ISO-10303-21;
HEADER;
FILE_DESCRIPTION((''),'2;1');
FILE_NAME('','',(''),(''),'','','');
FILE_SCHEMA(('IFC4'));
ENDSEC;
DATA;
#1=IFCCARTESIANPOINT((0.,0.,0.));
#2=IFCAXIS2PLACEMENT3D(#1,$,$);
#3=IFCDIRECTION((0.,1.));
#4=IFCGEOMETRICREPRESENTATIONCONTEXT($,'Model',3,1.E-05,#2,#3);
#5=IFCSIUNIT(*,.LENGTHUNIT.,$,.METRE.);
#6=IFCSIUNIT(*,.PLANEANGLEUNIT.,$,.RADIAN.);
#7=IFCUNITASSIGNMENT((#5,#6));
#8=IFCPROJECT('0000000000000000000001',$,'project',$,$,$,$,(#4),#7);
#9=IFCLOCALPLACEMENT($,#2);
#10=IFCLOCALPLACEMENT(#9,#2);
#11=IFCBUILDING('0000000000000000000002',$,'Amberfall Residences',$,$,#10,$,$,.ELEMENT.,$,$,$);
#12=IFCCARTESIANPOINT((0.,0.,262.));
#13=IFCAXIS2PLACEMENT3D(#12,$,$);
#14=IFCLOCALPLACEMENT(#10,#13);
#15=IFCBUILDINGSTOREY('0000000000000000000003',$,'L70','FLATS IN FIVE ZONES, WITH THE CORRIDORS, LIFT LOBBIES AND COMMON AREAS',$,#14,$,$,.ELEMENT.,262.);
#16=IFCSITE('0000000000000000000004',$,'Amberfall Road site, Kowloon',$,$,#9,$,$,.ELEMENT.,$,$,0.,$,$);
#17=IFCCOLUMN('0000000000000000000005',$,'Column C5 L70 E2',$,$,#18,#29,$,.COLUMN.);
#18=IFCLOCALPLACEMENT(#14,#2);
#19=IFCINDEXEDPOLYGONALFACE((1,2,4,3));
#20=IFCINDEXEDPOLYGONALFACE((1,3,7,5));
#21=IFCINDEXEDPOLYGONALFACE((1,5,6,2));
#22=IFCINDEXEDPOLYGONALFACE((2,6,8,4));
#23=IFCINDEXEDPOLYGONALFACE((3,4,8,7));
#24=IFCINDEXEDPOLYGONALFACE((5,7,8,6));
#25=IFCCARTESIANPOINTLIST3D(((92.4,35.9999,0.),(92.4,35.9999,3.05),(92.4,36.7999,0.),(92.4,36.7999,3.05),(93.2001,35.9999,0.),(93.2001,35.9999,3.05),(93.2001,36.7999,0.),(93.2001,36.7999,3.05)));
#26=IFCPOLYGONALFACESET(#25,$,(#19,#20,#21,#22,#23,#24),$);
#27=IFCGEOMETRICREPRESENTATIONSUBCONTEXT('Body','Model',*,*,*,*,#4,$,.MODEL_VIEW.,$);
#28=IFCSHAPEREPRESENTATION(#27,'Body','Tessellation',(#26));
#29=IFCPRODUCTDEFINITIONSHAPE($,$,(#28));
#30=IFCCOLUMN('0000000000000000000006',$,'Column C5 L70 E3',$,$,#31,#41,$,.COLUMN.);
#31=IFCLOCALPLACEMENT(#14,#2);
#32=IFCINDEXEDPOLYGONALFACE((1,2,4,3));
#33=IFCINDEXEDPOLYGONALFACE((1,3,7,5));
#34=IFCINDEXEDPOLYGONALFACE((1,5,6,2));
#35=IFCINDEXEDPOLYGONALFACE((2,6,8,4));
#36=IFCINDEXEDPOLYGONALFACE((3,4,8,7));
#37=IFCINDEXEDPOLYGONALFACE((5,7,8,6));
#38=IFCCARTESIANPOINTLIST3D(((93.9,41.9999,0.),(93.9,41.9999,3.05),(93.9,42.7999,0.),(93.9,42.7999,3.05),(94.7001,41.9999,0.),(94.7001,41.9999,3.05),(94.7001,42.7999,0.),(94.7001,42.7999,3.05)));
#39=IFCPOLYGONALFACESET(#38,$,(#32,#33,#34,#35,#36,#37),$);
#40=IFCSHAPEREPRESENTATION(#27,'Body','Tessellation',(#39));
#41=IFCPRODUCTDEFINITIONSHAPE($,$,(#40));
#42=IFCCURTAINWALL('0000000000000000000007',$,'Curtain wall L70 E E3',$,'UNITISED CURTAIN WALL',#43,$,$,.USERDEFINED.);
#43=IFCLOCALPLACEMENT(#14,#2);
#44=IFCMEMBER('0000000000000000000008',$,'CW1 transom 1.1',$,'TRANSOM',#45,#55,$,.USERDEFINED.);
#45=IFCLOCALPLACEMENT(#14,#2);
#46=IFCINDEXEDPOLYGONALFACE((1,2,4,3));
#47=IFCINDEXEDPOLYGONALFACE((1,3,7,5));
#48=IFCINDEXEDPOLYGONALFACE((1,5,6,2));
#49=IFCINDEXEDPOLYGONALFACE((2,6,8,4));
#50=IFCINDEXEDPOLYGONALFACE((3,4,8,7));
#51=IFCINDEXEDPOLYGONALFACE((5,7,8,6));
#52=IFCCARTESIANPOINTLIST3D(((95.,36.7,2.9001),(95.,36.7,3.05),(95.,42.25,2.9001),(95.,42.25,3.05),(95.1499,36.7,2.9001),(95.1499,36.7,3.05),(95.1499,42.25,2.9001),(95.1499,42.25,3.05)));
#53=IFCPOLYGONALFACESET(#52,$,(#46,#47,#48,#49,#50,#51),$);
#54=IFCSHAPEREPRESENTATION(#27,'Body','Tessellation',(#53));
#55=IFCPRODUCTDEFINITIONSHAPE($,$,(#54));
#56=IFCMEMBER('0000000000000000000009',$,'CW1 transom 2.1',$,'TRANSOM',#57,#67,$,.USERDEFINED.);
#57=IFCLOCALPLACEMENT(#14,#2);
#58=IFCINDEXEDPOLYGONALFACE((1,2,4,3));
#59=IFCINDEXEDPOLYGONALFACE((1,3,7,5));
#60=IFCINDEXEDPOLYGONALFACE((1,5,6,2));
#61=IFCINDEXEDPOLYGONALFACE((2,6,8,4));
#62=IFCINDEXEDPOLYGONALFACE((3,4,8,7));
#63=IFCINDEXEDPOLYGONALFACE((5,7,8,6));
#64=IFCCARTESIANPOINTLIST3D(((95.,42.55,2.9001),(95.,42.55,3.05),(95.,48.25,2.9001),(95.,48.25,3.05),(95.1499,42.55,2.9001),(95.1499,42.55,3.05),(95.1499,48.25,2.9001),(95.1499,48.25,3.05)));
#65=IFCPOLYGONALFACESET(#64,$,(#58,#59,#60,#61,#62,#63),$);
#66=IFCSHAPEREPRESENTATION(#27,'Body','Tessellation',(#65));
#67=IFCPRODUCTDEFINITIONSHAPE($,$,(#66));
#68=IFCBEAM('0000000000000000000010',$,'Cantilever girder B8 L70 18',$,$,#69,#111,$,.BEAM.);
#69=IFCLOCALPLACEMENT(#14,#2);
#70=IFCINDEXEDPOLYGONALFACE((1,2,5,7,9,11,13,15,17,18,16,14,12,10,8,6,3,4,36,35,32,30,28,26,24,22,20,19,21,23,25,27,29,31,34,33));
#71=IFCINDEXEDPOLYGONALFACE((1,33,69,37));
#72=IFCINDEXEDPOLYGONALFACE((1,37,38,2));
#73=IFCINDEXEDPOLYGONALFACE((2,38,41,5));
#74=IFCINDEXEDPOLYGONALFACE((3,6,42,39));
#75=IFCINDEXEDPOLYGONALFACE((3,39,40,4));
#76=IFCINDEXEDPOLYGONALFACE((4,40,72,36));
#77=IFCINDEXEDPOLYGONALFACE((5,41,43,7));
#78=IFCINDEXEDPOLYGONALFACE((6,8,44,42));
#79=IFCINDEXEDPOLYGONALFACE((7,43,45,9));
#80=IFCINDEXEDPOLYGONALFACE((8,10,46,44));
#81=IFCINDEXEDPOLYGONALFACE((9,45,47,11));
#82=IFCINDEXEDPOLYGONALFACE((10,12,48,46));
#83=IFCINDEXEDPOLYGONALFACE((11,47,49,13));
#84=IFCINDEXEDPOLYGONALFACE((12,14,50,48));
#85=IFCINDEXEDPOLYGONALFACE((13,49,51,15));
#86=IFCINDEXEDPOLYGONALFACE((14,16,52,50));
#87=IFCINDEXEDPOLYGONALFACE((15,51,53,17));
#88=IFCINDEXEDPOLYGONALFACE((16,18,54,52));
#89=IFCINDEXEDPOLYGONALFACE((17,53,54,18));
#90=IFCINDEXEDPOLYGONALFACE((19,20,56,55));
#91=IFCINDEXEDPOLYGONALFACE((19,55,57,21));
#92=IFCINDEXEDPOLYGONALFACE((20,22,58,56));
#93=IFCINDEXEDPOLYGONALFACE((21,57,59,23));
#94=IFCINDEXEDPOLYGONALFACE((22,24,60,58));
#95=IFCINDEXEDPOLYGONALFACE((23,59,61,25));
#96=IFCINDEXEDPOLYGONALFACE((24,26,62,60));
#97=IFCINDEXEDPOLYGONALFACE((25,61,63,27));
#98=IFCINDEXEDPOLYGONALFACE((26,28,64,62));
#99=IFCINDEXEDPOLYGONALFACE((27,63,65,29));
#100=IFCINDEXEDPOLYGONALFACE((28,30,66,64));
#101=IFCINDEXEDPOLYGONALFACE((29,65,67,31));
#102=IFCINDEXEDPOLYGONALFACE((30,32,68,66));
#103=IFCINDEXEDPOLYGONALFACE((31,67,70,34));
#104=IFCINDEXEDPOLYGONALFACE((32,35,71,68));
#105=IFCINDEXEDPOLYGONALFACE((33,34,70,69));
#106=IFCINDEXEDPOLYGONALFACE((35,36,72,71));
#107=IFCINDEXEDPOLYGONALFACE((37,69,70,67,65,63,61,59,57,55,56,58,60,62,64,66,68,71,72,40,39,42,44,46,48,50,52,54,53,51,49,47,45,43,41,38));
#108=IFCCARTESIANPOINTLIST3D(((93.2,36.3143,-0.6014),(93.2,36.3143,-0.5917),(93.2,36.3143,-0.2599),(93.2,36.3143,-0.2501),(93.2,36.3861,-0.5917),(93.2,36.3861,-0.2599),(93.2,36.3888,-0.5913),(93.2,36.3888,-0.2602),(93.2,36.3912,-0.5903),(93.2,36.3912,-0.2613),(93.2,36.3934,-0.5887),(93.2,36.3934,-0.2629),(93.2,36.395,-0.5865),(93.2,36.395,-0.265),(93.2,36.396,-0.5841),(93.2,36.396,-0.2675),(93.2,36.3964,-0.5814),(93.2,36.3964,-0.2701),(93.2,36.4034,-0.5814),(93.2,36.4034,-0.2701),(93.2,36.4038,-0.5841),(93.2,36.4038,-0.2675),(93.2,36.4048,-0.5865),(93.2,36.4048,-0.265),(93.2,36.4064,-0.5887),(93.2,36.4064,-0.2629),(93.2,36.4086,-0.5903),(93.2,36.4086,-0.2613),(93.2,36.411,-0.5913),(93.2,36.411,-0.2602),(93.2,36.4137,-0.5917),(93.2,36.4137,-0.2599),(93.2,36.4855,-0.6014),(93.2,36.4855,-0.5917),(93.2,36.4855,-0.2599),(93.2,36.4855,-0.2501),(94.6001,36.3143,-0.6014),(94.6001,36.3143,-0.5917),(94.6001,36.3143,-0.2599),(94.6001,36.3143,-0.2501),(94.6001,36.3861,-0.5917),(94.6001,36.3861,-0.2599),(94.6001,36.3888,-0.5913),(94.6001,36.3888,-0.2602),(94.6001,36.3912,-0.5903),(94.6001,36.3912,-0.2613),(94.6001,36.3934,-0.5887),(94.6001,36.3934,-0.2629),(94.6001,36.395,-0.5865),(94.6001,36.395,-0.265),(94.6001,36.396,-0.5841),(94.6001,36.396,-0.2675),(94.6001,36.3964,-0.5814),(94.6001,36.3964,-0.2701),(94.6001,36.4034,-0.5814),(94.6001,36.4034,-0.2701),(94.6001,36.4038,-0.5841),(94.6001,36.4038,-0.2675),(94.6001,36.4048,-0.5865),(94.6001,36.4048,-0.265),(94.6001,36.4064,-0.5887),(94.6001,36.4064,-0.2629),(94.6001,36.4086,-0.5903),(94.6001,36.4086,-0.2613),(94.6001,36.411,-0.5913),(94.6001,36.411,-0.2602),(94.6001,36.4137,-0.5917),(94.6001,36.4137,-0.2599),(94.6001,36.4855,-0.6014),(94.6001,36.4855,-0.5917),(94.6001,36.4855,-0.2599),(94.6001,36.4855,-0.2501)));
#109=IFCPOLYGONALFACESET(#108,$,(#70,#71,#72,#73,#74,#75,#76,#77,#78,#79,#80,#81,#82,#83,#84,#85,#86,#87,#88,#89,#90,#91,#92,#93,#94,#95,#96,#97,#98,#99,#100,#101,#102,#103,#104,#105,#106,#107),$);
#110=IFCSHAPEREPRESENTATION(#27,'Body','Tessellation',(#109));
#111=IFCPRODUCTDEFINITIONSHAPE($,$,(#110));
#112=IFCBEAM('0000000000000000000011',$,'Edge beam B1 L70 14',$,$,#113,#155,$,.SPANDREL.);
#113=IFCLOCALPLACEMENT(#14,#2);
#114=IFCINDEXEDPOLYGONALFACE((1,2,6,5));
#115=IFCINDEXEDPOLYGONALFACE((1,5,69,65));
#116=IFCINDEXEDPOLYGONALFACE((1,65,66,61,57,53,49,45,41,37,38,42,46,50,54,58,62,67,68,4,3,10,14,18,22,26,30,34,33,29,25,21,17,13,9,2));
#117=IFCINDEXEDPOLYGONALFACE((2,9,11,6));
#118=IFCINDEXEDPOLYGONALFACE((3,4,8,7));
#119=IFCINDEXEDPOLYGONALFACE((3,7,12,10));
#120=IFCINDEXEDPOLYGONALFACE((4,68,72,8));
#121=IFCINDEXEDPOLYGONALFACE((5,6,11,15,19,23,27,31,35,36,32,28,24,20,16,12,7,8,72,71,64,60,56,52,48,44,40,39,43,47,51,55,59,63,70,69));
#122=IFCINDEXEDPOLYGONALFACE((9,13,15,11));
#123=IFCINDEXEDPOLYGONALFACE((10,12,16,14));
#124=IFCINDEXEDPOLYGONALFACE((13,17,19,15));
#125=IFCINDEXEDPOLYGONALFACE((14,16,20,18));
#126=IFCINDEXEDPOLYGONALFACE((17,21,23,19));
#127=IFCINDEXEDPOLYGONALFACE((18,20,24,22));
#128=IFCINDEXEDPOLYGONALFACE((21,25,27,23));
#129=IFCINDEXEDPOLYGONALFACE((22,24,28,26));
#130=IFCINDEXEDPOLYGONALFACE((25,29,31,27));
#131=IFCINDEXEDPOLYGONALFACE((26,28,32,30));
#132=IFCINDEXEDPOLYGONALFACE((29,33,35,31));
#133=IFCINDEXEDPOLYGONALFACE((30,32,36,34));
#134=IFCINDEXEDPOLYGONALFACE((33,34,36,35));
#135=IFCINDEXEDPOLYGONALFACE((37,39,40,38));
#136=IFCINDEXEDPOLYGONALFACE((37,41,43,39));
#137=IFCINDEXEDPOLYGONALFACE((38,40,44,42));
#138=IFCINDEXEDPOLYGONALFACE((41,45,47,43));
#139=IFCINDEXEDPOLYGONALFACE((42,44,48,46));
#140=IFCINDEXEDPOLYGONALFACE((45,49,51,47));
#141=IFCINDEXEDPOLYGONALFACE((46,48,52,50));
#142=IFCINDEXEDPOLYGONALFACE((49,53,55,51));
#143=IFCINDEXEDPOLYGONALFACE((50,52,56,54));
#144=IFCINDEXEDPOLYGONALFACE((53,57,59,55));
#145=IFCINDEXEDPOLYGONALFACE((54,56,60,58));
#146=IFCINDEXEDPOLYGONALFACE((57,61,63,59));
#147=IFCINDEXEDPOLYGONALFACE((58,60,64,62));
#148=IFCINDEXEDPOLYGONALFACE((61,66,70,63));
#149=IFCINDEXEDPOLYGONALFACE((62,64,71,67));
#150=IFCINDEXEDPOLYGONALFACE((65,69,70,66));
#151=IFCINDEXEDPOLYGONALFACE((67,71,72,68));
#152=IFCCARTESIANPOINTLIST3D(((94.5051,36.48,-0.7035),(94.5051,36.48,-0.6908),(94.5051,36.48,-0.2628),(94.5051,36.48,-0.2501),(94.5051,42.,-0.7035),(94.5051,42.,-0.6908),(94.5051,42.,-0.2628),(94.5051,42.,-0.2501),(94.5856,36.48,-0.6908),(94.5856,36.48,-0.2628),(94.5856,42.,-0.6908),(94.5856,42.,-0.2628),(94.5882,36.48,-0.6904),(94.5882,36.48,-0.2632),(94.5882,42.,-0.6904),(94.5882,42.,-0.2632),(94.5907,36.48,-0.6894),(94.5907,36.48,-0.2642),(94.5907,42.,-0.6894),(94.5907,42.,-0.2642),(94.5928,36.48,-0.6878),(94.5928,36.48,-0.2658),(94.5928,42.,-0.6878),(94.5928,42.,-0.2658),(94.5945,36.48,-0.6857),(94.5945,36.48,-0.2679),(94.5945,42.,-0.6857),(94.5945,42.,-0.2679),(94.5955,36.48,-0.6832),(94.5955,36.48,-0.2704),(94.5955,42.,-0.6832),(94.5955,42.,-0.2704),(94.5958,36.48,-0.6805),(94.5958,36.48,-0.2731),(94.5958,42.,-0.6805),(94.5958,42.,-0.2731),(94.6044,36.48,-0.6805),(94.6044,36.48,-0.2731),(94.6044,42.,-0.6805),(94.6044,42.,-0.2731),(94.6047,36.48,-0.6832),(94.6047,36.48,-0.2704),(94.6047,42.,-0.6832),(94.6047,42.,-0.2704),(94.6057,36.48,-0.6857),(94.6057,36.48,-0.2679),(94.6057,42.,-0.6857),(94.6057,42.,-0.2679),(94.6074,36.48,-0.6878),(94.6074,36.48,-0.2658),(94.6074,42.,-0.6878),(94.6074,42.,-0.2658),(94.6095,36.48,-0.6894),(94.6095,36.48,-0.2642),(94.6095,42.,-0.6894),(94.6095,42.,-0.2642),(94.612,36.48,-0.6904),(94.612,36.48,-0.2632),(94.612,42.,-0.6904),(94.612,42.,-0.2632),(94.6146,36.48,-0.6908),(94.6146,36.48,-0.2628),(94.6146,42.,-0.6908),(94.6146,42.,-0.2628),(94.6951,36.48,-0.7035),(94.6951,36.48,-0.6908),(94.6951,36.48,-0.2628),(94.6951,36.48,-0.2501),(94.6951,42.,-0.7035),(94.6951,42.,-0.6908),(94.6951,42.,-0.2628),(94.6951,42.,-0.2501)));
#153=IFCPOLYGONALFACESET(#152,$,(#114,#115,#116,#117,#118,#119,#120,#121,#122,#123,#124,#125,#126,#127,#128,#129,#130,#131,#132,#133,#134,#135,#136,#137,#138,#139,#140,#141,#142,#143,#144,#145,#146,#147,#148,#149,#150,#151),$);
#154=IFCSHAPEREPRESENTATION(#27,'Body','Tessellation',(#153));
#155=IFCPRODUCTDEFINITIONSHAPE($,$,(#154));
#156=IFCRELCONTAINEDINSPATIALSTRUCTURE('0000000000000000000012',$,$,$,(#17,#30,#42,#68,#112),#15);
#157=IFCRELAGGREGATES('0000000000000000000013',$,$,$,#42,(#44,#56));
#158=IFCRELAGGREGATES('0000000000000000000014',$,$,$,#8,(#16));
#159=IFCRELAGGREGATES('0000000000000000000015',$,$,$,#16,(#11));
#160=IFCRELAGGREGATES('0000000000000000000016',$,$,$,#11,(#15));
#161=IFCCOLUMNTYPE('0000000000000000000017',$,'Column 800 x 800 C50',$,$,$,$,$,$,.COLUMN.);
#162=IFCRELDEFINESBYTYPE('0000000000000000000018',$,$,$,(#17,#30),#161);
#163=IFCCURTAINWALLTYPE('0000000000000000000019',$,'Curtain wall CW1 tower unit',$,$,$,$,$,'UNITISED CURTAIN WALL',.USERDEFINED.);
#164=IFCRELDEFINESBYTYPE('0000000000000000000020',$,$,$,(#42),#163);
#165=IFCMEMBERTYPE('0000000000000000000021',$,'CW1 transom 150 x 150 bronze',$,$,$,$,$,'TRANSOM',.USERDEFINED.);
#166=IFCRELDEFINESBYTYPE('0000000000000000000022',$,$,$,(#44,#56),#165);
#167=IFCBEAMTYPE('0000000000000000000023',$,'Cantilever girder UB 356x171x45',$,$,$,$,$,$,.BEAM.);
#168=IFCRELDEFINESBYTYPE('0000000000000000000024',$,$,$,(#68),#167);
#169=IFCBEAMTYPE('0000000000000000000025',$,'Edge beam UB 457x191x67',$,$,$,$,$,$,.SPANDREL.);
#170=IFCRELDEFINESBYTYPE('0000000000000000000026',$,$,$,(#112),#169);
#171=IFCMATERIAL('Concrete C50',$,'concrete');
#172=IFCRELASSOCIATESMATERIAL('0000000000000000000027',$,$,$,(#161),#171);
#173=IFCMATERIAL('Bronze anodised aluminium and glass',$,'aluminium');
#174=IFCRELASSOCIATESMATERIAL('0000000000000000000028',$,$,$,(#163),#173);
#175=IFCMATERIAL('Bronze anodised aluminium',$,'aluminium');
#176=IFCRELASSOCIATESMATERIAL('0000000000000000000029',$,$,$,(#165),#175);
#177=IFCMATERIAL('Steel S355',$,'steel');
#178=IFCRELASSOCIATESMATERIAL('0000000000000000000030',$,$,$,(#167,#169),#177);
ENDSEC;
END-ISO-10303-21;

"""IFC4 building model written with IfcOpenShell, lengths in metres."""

from ifc_helpers import new_model, si_unit, direction, frame, origin, origin_2d, place, context, subcontext, project, spatial, rectangle, i_section, extrude, material, material_profile, profile_set, type_object, element, aggregate, save


model = new_model("IFC4")

# Units and contexts
model_context = context("Model", 3, precision=1e-05, world=origin(), true_north=direction((0.0, 1.0)))
body_context = subcontext(model_context, "Body", "Model", "MODEL_VIEW")
ifc_project = project(units=[si_unit("LENGTHUNIT", "METRE"), si_unit("PLANEANGLEUNIT", "RADIAN")], contexts=[model_context])

# Site, building, storey
site_placement = place(None, origin())
site = spatial("IfcSite", under=ifc_project, at=site_placement, Name="Amberfall Road site, Kowloon", CompositionType="ELEMENT", RefElevation=0.0)
building_placement = place(site_placement, origin())
building = spatial("IfcBuilding", under=site, at=building_placement, Name="Amberfall Residences", CompositionType="ELEMENT")
storey_placement = place(building_placement, frame((0.0, 0.0, 262.0)))
storey = spatial("IfcBuildingStorey", under=building, at=storey_placement, Name="L70", Description="FLATS IN FIVE ZONES, WITH THE CORRIDORS, LIFT LOBBIES AND COMMON AREAS", CompositionType="ELEMENT", Elevation=262.0)

# Columns
ifc_material_1 = material(Name="Concrete C50", Category="concrete")
ifc_material_profile_1 = material_profile(ifc_material_1, rectangle(XDim=0.8, YDim=0.8, at=origin_2d()), Name="Column 800 x 800 C50")
ifc_profile_set_1 = profile_set([ifc_material_profile_1], Name="Concrete C50")
column_type = type_object("IfcColumnType", Name="Column 800 x 800 C50", PredefinedType="COLUMN", material=ifc_profile_set_1)
for number, where, z_axis, x_axis, name in (
    (1, (92.8, 36.3999, 0.0), (0.0, 0.0, 1.0), (1.0, 0.0, 0.0), "Column C5 L70 E2"),
    (2, (94.3, 42.3999, 0.0), (0.0, 0.0, 1.0), (1.0, 0.0, 0.0), "Column C5 L70 E3"),
):
    element("IfcColumn", number, at=place(storey_placement, frame(where, z_axis=z_axis, x_axis=x_axis)), inside=storey, type_object=column_type, Name=name, PredefinedType="COLUMN", context=body_context, shape_type="SweptSolid", body=[
        extrude(rectangle(XDim=0.8, YDim=0.8, at=origin_2d()), origin(), (0.0, 0.0, 1.0), 3.05),
    ])

# Curtain wall, members
ifc_material_2 = material(Name="Bronze anodised aluminium and glass", Category="aluminium")
curtain_wall_type = type_object("IfcCurtainWallType", Name="Curtain wall CW1 tower unit", ElementType="UNITISED CURTAIN WALL", PredefinedType="USERDEFINED", material=ifc_material_2)
curtain_wall_placement = place(storey_placement, origin())
curtain_wall = element("IfcCurtainWall", 3, at=curtain_wall_placement, inside=storey, type_object=curtain_wall_type, Name="Curtain wall L70 E E3", ObjectType="UNITISED CURTAIN WALL", PredefinedType="USERDEFINED")
ifc_material_3 = material(Name="Bronze anodised aluminium", Category="aluminium")
ifc_material_profile_2 = material_profile(ifc_material_3, rectangle(XDim=0.1499, YDim=0.1499, at=origin_2d()), Name="CW1 transom 150 x 150 bronze")
ifc_profile_set_2 = profile_set([ifc_material_profile_2], Name="Bronze anodised aluminium")
member_type_1 = type_object("IfcMemberType", Name="CW1 transom 150 x 150 bronze", ElementType="TRANSOM", PredefinedType="USERDEFINED", material=ifc_profile_set_2)
member_1_placement = place(storey_placement, frame((95.075, 36.7, 2.9751), z_axis=(0.0, 1.0, 0.0), x_axis=(-1.0, 0.0, 0.0)))
member_1 = element("IfcMember", 4, at=member_1_placement, type_object=member_type_1, Name="CW1 transom 1.1", ObjectType="TRANSOM", PredefinedType="USERDEFINED", context=body_context, shape_type="SweptSolid", body=[
    extrude(rectangle(XDim=0.1499, YDim=0.1499, at=origin_2d()), origin(), (0.0, 0.0, 1.0), 5.55),
])
member_2_placement = place(storey_placement, frame((95.075, 42.55, 2.9751), z_axis=(0.0, 1.0, 0.0), x_axis=(-1.0, 0.0, 0.0)))
member_2 = element("IfcMember", 5, at=member_2_placement, type_object=member_type_1, Name="CW1 transom 2.1", ObjectType="TRANSOM", PredefinedType="USERDEFINED", context=body_context, shape_type="SweptSolid", body=[
    extrude(rectangle(XDim=0.1499, YDim=0.1499, at=origin_2d()), origin(), (0.0, 0.0, 1.0), 5.7),
])

# Beams
ifc_material_4 = material(Name="Steel S355", Category="steel")
ifc_material_profile_3 = material_profile(ifc_material_4, i_section(OverallWidth=0.1711, OverallDepth=0.3513, WebThickness=0.0071, FlangeThickness=0.0098, FilletRadius=0.0103, at=origin_2d()), Name="UB 356x171x45")
ifc_profile_set_3 = profile_set([ifc_material_profile_3], Name="Steel S355")
beam_type_1 = type_object("IfcBeamType", Name="Cantilever girder UB 356x171x45", PredefinedType="BEAM", material=ifc_profile_set_3)
beam_1_placement = place(storey_placement, frame((93.2, 36.3999, -0.4258), z_axis=(1.0, 0.0, 0.0), x_axis=(0.0, 1.0, 0.0)))
element("IfcBeam", 6, at=beam_1_placement, inside=storey, type_object=beam_type_1, Name="Cantilever girder B8 L70 18", PredefinedType="BEAM", context=body_context, shape_type="SweptSolid", body=[
    extrude(i_section(OverallWidth=0.1711, OverallDepth=0.3513, WebThickness=0.0071, FlangeThickness=0.0098, FilletRadius=0.0103, at=origin_2d()), origin(), (0.0, 0.0, 1.0), 1.4001),
])
ifc_material_profile_4 = material_profile(ifc_material_4, i_section(OverallWidth=0.1899, OverallDepth=0.4534, WebThickness=0.0085, FlangeThickness=0.0127, FilletRadius=0.0103, at=origin_2d()), Name="UB 457x191x67")
ifc_profile_set_4 = profile_set([ifc_material_profile_4], Name="Steel S355")
beam_type_2 = type_object("IfcBeamType", Name="Edge beam UB 457x191x67", PredefinedType="SPANDREL", material=ifc_profile_set_4)
beam_2_placement = place(storey_placement, frame((94.6001, 36.48, -0.4768), z_axis=(0.0, 1.0, 0.0), x_axis=(-1.0, 0.0, 0.0)))
element("IfcBeam", 7, at=beam_2_placement, inside=storey, type_object=beam_type_2, Name="Edge beam B1 L70 14", PredefinedType="SPANDREL", context=body_context, shape_type="SweptSolid", body=[
    extrude(i_section(OverallWidth=0.1899, OverallDepth=0.4534, WebThickness=0.0085, FlangeThickness=0.0127, FilletRadius=0.0103, at=origin_2d()), origin(), (0.0, 0.0, 1.0), 5.52),
])

aggregate(curtain_wall, [member_1, member_2])

save(model, "model.ifc")
